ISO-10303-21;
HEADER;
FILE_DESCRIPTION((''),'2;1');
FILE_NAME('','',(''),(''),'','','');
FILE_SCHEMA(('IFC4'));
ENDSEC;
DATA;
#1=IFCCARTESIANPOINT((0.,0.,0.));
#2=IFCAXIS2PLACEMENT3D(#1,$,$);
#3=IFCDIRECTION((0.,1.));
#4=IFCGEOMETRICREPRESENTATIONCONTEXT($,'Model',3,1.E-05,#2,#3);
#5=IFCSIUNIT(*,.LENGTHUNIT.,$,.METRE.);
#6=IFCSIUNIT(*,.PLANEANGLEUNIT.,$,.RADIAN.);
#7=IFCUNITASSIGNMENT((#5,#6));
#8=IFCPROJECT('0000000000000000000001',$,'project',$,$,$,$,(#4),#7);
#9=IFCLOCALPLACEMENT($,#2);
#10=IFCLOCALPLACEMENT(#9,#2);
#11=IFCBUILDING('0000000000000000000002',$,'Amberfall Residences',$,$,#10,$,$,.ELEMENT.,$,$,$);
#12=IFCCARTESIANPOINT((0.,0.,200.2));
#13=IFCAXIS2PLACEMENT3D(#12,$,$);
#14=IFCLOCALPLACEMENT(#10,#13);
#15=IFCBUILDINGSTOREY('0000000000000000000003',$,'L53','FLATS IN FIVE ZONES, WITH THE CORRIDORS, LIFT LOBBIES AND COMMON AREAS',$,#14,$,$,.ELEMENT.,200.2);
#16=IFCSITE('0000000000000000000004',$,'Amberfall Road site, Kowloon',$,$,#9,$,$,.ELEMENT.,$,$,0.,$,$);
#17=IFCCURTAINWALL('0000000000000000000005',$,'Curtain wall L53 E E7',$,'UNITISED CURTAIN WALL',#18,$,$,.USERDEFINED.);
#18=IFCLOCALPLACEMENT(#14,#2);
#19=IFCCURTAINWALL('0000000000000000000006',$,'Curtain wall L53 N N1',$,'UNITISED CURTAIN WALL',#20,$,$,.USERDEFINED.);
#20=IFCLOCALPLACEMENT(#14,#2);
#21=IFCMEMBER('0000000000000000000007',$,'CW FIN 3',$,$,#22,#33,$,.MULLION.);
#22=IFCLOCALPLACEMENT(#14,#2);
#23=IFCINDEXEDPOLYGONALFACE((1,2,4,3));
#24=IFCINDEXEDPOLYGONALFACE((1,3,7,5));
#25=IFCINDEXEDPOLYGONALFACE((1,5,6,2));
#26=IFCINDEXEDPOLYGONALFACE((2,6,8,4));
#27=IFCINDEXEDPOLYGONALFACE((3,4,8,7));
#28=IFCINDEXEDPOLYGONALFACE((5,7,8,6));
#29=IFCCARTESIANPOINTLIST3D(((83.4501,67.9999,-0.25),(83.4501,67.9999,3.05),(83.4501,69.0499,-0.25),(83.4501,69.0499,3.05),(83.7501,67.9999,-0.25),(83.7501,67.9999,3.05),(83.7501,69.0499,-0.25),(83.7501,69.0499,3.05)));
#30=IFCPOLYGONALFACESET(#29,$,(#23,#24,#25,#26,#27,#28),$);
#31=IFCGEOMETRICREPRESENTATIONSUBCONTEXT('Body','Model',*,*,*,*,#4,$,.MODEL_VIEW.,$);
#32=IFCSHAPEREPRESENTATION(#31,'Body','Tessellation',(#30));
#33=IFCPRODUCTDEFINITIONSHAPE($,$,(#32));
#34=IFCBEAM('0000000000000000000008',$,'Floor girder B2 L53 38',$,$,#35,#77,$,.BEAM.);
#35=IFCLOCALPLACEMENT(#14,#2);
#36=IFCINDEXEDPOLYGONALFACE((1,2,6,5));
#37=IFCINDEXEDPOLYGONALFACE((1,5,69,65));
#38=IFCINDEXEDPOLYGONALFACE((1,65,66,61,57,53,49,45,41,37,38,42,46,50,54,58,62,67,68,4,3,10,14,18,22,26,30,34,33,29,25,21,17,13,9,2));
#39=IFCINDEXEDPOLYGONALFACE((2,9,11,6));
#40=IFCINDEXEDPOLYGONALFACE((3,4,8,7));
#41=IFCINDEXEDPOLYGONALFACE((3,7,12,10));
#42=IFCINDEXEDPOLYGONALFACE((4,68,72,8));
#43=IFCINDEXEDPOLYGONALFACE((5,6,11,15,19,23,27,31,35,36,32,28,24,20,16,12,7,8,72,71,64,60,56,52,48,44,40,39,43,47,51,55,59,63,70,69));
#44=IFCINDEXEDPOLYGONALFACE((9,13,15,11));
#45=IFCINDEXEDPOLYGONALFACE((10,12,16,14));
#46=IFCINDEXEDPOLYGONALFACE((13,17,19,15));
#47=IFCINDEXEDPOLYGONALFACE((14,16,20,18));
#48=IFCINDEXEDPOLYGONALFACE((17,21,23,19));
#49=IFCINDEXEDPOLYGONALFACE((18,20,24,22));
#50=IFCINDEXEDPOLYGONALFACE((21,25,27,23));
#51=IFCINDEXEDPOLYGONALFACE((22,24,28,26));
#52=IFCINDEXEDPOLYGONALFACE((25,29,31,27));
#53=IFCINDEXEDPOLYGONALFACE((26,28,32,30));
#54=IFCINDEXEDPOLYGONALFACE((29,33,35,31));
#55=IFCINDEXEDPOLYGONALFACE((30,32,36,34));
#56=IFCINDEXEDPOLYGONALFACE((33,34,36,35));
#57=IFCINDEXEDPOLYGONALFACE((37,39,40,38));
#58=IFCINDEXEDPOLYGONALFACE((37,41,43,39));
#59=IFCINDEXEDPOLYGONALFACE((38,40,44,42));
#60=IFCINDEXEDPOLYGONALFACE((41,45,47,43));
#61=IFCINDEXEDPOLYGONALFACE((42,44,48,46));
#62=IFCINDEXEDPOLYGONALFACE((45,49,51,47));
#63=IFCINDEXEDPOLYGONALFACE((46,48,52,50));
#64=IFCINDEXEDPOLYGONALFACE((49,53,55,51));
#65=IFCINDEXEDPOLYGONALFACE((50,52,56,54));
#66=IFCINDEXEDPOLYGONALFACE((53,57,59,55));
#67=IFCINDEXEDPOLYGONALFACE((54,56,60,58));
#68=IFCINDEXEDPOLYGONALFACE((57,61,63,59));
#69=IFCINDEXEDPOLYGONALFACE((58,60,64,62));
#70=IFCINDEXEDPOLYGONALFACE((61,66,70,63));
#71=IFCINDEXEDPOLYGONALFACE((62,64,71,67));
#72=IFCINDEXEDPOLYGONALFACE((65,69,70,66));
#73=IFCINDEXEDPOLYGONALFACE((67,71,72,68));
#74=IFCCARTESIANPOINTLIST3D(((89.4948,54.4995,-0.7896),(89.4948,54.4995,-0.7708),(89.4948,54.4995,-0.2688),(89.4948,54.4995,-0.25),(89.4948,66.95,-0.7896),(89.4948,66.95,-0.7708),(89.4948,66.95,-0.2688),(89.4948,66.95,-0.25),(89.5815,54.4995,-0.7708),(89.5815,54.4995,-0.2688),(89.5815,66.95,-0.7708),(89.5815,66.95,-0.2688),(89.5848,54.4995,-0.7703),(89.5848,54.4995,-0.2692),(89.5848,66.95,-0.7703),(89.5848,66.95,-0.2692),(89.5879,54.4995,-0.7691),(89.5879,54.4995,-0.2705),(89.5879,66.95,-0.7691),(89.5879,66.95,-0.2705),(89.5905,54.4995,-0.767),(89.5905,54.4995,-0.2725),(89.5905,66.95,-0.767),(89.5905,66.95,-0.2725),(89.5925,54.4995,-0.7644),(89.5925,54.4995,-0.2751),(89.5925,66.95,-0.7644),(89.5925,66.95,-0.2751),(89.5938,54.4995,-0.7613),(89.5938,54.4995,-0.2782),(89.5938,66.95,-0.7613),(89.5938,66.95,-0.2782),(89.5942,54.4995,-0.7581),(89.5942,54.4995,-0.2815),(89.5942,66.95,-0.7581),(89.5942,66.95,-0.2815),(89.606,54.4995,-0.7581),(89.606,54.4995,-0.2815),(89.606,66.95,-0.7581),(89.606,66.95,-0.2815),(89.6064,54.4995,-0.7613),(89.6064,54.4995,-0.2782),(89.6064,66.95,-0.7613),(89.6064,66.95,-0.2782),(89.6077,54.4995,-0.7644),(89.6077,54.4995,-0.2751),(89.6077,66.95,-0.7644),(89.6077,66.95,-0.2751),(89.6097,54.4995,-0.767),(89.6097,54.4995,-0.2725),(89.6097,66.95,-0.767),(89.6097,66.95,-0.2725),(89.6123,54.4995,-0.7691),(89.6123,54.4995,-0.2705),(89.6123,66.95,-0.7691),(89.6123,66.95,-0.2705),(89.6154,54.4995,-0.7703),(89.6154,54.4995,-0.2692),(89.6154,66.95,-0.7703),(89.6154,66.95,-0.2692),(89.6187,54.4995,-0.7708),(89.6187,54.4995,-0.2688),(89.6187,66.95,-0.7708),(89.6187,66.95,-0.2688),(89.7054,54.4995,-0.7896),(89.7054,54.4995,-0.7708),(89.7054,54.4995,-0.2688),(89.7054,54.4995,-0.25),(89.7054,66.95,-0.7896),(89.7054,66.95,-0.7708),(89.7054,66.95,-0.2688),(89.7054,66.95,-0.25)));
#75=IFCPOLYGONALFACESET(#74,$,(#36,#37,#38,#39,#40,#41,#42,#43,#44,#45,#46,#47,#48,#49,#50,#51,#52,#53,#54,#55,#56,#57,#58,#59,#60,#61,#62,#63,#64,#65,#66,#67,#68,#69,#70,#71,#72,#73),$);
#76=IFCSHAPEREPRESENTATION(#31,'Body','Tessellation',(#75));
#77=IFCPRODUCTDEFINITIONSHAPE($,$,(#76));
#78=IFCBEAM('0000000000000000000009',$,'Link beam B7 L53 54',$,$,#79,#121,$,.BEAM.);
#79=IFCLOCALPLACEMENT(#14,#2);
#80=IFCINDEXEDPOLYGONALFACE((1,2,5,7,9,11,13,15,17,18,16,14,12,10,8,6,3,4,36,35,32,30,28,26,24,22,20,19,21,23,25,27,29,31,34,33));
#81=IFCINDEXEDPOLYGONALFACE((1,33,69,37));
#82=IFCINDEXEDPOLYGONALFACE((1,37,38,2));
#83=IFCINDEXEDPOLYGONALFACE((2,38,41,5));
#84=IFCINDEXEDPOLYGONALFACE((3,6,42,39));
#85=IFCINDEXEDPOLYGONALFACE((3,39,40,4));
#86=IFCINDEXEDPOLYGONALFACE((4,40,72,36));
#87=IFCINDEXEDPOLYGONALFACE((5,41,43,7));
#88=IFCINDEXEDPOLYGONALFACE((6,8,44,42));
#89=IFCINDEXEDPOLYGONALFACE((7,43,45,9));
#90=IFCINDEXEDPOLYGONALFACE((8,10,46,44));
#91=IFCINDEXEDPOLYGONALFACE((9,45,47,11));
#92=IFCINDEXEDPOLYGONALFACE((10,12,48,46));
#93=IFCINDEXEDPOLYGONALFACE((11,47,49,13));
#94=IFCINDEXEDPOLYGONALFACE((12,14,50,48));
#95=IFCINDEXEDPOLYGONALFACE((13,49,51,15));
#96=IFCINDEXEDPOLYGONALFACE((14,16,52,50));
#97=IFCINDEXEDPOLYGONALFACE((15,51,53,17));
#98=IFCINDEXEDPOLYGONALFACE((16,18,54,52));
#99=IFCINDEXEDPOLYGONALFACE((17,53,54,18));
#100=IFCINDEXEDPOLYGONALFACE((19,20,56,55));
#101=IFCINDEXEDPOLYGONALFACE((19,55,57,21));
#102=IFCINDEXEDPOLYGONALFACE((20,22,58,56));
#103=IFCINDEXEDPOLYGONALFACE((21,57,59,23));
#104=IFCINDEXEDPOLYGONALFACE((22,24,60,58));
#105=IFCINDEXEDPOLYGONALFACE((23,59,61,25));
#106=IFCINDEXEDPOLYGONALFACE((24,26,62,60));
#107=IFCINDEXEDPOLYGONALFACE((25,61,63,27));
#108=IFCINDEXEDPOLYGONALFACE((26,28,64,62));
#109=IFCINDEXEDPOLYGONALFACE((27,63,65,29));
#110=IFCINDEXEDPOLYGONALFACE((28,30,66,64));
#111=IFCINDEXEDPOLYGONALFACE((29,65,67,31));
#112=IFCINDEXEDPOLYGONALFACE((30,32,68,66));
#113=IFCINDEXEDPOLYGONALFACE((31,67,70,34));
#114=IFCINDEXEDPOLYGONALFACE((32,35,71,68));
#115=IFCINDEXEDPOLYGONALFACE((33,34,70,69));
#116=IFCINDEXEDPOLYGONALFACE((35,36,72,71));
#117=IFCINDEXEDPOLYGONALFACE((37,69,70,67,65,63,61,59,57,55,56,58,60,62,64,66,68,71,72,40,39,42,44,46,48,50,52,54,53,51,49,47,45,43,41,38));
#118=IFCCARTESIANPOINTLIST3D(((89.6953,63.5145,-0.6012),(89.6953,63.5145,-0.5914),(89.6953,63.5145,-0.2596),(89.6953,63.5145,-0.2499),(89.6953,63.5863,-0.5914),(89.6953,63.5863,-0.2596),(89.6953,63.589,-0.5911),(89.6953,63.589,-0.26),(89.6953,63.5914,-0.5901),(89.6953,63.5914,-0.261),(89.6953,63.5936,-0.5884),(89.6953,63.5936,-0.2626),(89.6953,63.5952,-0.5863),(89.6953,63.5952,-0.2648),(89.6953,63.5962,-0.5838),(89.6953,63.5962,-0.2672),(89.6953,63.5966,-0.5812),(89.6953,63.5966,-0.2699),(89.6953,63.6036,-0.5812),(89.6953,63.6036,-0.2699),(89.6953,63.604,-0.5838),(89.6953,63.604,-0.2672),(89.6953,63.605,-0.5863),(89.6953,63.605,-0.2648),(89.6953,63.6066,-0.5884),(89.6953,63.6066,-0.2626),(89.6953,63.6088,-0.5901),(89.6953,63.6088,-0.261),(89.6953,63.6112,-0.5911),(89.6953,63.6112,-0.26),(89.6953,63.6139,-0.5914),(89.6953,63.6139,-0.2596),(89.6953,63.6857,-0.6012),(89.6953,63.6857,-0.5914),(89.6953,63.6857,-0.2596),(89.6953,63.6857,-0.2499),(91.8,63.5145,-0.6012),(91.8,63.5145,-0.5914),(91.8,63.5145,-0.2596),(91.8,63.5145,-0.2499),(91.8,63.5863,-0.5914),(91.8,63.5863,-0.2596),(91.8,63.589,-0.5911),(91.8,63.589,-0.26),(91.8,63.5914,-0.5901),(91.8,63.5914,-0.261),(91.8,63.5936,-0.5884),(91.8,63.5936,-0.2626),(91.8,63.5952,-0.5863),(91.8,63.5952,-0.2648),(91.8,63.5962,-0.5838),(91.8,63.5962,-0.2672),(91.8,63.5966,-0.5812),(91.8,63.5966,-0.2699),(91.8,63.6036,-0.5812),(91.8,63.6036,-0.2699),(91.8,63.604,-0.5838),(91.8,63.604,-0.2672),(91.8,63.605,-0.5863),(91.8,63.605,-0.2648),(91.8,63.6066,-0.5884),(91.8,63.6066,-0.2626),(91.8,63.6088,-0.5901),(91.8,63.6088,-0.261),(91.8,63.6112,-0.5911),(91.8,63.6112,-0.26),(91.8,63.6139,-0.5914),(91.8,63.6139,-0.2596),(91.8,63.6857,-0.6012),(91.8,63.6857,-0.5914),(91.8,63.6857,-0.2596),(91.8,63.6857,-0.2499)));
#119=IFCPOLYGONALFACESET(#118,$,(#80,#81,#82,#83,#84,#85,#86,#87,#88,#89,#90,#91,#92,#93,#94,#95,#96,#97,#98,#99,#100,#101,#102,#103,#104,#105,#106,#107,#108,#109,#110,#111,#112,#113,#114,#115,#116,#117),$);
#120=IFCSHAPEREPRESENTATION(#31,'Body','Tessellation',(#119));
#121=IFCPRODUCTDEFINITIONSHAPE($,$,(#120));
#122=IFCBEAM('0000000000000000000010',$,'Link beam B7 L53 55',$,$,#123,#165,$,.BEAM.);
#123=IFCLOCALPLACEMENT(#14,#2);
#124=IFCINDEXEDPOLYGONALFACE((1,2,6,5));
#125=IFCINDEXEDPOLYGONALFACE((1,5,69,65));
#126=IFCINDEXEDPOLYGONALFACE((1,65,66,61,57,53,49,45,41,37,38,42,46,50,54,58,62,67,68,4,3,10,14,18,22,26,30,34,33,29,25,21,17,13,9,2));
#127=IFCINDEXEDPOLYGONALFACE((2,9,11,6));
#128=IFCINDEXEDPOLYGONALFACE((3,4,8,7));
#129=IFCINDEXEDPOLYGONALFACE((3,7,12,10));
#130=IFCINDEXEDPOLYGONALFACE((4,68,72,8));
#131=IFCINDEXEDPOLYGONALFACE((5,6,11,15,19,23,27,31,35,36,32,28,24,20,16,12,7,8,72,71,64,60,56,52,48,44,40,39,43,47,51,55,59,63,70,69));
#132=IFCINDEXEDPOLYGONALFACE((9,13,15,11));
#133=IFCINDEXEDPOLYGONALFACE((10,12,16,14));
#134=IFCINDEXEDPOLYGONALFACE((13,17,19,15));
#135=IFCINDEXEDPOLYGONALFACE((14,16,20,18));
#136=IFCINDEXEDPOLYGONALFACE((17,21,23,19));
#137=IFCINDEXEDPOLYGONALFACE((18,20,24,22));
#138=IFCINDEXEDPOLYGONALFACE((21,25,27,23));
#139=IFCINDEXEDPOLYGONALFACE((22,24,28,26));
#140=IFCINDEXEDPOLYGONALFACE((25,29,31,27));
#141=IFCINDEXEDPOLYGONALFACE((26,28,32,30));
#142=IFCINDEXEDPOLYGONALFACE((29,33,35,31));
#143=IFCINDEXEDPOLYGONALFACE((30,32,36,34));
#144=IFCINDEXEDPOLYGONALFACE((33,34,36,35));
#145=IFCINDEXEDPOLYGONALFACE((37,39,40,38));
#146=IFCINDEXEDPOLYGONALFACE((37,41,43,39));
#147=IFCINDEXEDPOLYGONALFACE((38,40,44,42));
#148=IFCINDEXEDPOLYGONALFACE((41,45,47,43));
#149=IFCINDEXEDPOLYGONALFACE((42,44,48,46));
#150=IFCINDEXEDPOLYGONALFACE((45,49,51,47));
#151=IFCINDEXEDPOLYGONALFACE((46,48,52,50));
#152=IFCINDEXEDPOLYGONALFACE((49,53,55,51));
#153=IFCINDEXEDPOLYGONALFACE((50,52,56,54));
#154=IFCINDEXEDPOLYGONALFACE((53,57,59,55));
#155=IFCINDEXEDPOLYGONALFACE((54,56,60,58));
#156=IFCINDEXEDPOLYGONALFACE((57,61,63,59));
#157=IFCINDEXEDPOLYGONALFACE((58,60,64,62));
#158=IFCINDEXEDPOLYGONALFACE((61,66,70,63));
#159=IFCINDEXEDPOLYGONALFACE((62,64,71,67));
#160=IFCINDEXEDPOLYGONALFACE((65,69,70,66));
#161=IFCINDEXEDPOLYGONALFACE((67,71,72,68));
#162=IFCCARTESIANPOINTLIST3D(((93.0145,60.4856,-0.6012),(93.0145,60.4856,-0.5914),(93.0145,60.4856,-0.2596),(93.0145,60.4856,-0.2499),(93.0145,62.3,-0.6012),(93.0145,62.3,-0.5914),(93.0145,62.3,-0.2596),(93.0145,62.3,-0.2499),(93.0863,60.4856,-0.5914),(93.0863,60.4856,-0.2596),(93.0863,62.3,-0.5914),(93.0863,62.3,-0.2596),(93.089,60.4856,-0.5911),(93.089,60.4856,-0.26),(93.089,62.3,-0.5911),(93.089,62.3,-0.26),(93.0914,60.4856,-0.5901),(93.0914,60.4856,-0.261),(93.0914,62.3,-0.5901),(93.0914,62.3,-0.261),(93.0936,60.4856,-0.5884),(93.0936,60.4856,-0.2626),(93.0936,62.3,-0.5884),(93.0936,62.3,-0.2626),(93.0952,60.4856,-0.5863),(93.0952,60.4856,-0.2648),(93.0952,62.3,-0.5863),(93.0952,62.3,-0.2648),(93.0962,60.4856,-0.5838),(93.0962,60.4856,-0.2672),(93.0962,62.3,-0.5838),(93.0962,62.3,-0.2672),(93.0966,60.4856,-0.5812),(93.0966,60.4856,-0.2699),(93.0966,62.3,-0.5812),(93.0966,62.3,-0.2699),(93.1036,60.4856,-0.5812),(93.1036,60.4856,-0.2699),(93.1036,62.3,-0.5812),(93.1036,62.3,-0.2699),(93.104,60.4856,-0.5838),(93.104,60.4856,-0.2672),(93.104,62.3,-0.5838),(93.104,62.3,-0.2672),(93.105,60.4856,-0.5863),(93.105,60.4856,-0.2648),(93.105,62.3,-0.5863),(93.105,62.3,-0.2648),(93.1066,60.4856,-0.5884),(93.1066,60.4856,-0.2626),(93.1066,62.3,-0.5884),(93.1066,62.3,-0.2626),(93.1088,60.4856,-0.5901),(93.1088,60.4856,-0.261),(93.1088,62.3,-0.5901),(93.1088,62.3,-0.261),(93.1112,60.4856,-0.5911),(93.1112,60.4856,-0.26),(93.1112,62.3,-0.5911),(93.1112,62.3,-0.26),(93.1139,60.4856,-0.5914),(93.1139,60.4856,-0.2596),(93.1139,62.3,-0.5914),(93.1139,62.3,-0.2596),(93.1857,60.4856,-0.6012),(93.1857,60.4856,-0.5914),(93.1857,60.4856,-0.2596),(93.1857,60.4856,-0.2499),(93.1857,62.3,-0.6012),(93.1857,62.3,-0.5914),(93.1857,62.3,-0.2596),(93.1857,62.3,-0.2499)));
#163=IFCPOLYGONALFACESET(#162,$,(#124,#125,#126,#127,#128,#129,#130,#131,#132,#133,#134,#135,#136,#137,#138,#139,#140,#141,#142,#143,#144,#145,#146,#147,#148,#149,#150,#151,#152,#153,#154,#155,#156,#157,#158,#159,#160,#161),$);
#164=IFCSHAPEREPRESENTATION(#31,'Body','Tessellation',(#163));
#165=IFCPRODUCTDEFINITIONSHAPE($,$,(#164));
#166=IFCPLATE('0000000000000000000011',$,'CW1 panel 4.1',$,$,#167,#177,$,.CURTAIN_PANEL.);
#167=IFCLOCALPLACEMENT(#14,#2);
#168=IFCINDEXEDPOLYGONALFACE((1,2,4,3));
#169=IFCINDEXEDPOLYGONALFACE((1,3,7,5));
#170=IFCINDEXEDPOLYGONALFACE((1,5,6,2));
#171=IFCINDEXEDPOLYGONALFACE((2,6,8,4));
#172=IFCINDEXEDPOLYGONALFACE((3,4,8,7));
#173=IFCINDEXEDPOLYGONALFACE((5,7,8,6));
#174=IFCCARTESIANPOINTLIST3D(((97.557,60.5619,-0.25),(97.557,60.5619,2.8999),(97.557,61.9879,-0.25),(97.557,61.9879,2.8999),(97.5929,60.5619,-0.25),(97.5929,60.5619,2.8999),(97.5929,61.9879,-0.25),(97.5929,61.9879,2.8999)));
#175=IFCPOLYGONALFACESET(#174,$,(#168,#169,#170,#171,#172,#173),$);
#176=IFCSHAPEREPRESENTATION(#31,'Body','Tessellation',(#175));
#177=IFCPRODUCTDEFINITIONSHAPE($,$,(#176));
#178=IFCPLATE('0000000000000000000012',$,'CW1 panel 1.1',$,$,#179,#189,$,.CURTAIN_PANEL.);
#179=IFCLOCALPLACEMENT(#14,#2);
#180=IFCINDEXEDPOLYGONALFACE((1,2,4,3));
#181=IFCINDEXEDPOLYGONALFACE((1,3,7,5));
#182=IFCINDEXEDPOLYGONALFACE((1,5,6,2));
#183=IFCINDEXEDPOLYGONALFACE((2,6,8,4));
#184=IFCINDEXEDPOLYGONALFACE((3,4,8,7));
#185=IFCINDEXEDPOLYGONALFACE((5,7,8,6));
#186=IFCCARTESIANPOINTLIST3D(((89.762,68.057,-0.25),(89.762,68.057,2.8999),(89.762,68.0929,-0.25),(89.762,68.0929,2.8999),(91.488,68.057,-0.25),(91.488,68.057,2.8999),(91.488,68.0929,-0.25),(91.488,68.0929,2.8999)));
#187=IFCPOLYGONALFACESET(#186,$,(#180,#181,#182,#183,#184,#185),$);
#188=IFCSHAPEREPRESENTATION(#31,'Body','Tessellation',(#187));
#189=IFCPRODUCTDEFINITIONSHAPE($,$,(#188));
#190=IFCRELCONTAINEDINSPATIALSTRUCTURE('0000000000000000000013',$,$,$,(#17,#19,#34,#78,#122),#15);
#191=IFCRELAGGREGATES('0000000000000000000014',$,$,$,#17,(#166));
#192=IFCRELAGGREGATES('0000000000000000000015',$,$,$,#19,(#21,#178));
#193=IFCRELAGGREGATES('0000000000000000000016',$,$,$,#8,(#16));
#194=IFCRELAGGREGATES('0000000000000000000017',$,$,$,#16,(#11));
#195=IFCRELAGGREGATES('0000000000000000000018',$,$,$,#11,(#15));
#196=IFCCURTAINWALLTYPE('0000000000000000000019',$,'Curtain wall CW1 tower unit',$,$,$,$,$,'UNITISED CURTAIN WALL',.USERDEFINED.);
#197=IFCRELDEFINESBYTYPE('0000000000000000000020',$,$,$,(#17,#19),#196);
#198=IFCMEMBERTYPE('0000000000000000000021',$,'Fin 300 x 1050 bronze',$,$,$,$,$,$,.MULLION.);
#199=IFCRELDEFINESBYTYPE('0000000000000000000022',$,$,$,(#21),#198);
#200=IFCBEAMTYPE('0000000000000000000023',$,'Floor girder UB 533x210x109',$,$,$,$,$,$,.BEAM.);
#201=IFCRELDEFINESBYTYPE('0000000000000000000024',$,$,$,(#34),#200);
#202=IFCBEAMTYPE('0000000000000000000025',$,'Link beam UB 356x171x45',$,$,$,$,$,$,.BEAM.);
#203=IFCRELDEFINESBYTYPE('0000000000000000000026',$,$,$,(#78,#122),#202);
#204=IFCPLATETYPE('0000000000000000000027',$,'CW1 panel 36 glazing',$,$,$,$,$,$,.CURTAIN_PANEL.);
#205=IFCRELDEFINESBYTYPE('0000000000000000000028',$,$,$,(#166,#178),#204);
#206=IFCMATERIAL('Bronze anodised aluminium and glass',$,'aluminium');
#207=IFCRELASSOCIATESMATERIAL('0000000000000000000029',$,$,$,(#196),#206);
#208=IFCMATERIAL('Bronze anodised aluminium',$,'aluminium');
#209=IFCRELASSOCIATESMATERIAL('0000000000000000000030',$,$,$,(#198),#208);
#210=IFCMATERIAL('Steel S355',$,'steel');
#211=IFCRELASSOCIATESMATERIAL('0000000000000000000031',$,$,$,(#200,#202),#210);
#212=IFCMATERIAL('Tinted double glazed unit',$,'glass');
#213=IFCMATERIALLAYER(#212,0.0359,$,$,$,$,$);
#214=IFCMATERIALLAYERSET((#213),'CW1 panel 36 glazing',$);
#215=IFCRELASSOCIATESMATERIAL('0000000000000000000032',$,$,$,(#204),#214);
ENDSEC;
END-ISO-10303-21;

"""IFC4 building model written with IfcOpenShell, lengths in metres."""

from ifc_helpers import new_model, si_unit, direction, frame, origin, origin_2d, place, context, subcontext, project, spatial, rectangle, i_section, extrude, material, layer, layer_set, material_profile, profile_set, type_object, element, aggregate, save


model = new_model("IFC4")

# Units and contexts
model_context = context("Model", 3, precision=1e-05, world=origin(), true_north=direction((0.0, 1.0)))
body_context = subcontext(model_context, "Body", "Model", "MODEL_VIEW")
ifc_project = project(units=[si_unit("LENGTHUNIT", "METRE"), si_unit("PLANEANGLEUNIT", "RADIAN")], contexts=[model_context])

# Site, building, storey
site_placement = place(None, origin())
site = spatial("IfcSite", under=ifc_project, at=site_placement, Name="Amberfall Road site, Kowloon", CompositionType="ELEMENT", RefElevation=0.0)
building_placement = place(site_placement, origin())
building = spatial("IfcBuilding", under=site, at=building_placement, Name="Amberfall Residences", CompositionType="ELEMENT")
storey_placement = place(building_placement, frame((0.0, 0.0, 200.2)))
storey = spatial("IfcBuildingStorey", under=building, at=storey_placement, Name="L53", Description="FLATS IN FIVE ZONES, WITH THE CORRIDORS, LIFT LOBBIES AND COMMON AREAS", CompositionType="ELEMENT", Elevation=200.2)

# Curtain wall
ifc_material_1 = material(Name="Bronze anodised aluminium and glass", Category="aluminium")
curtain_wall_type = type_object("IfcCurtainWallType", Name="Curtain wall CW1 tower unit", ElementType="UNITISED CURTAIN WALL", PredefinedType="USERDEFINED", material=ifc_material_1)
curtain_wall_1_placement = place(storey_placement, origin())
curtain_wall_1 = element("IfcCurtainWall", 1, at=curtain_wall_1_placement, inside=storey, type_object=curtain_wall_type, Name="Curtain wall L53 E E7", ObjectType="UNITISED CURTAIN WALL", PredefinedType="USERDEFINED")
ifc_material_2 = material(Name="Bronze anodised aluminium", Category="aluminium")

# Curtain wall
curtain_wall_2_placement = place(storey_placement, origin())
curtain_wall_2 = element("IfcCurtainWall", 2, at=curtain_wall_2_placement, inside=storey, type_object=curtain_wall_type, Name="Curtain wall L53 N N1", ObjectType="UNITISED CURTAIN WALL", PredefinedType="USERDEFINED")

# Shared definitions
ifc_material_3 = material(Name="Steel S355", Category="steel")

# Member
ifc_material_profile_1 = material_profile(ifc_material_2, rectangle(XDim=1.05, YDim=0.3, at=origin_2d()), Name="Fin 300 x 1050 bronze")
ifc_profile_set_1 = profile_set([ifc_material_profile_1], Name="Bronze anodised aluminium")
member_type_1 = type_object("IfcMemberType", Name="Fin 300 x 1050 bronze", PredefinedType="MULLION", material=ifc_profile_set_1)
member_1_placement = place(storey_placement, frame((83.6001, 68.5249, -0.25), z_axis=(0.0, 0.0, 1.0), x_axis=(0.0, -1.0, 0.0)))
member_1 = element("IfcMember", 3, at=member_1_placement, type_object=member_type_1, Name="CW FIN 3", PredefinedType="MULLION", context=body_context, shape_type="SweptSolid", body=[
    extrude(rectangle(XDim=1.05, YDim=0.3, at=origin_2d()), origin(), (0.0, 0.0, 1.0), 3.3),
])

# Beams
ifc_material_profile_2 = material_profile(ifc_material_3, i_section(OverallWidth=0.2107, OverallDepth=0.5396, WebThickness=0.0117, FlangeThickness=0.0188, FilletRadius=0.0127, at=origin_2d()), Name="UB 533x210x109")
ifc_profile_set_2 = profile_set([ifc_material_profile_2], Name="Steel S355")
beam_type_1 = type_object("IfcBeamType", Name="Floor girder UB 533x210x109", PredefinedType="BEAM", material=ifc_profile_set_2)
beam_1_placement = place(storey_placement, frame((89.6001, 66.95, -0.5198), z_axis=(0.0, -1.0, 0.0), x_axis=(1.0, 0.0, 0.0)))
element("IfcBeam", 4, at=beam_1_placement, inside=storey, type_object=beam_type_1, Name="Floor girder B2 L53 38", PredefinedType="BEAM", context=body_context, shape_type="SweptSolid", body=[
    extrude(i_section(OverallWidth=0.2107, OverallDepth=0.5396, WebThickness=0.0117, FlangeThickness=0.0188, FilletRadius=0.0127, at=origin_2d()), origin(), (0.0, 0.0, 1.0), 12.4504),
])
ifc_material_profile_3 = material_profile(ifc_material_3, i_section(OverallWidth=0.1711, OverallDepth=0.3513, WebThickness=0.0071, FlangeThickness=0.0098, FilletRadius=0.0103, at=origin_2d()), Name="UB 356x171x45")
ifc_profile_set_3 = profile_set([ifc_material_profile_3], Name="Steel S355")
beam_type_2 = type_object("IfcBeamType", Name="Link beam UB 356x171x45", PredefinedType="BEAM", material=ifc_profile_set_3)
beam_2_placement = place(storey_placement, frame((91.8, 63.6001, -0.4255), z_axis=(-1.0, 0.0, 0.0), x_axis=(0.0, -1.0, 0.0)))
element("IfcBeam", 5, at=beam_2_placement, inside=storey, type_object=beam_type_2, Name="Link beam B7 L53 54", PredefinedType="BEAM", context=body_context, shape_type="SweptSolid", body=[
    extrude(i_section(OverallWidth=0.1711, OverallDepth=0.3513, WebThickness=0.0071, FlangeThickness=0.0098, FilletRadius=0.0103, at=origin_2d()), origin(), (0.0, 0.0, 1.0), 2.1047),
])
beam_3_placement = place(storey_placement, frame((93.1001, 62.3, -0.4255), z_axis=(0.0, -1.0, 0.0), x_axis=(1.0, 0.0, 0.0)))
element("IfcBeam", 6, at=beam_3_placement, inside=storey, type_object=beam_type_2, Name="Link beam B7 L53 55", PredefinedType="BEAM", context=body_context, shape_type="SweptSolid", body=[
    extrude(i_section(OverallWidth=0.1711, OverallDepth=0.3513, WebThickness=0.0071, FlangeThickness=0.0098, FilletRadius=0.0103, at=origin_2d()), origin(), (0.0, 0.0, 1.0), 1.8145),
])

# Plates
ifc_material_4 = material(Name="Tinted double glazed unit", Category="glass")
ifc_layer_1 = layer(ifc_material_4, 0.0359)
ifc_layer_set_1 = layer_set([ifc_layer_1], Name="CW1 panel 36 glazing")
plate_type = type_object("IfcPlateType", Name="CW1 panel 36 glazing", PredefinedType="CURTAIN_PANEL", material=ifc_layer_set_1)
plate_1_placement = place(storey_placement, frame((97.575, 61.2749, -0.25), z_axis=(0.0, 0.0, 1.0), x_axis=(0.0, 1.0, 0.0)))
plate_1 = element("IfcPlate", 7, at=plate_1_placement, type_object=plate_type, Name="CW1 panel 4.1", PredefinedType="CURTAIN_PANEL", context=body_context, shape_type="SweptSolid", body=[
    extrude(rectangle(XDim=1.426, YDim=0.0359, at=origin_2d()), origin(), (0.0, 0.0, 1.0), 3.1499),
])
aggregate(curtain_wall_1, [plate_1])
plate_2_placement = place(storey_placement, frame((90.625, 68.075, -0.25), z_axis=(0.0, 0.0, 1.0), x_axis=(-1.0, 0.0, 0.0)))
plate_2 = element("IfcPlate", 8, at=plate_2_placement, type_object=plate_type, Name="CW1 panel 1.1", PredefinedType="CURTAIN_PANEL", context=body_context, shape_type="SweptSolid", body=[
    extrude(rectangle(XDim=1.7261, YDim=0.0359, at=origin_2d()), origin(), (0.0, 0.0, 1.0), 3.1499),
])
aggregate(curtain_wall_2, [member_1, plate_2])

save(model, "model.ifc")
